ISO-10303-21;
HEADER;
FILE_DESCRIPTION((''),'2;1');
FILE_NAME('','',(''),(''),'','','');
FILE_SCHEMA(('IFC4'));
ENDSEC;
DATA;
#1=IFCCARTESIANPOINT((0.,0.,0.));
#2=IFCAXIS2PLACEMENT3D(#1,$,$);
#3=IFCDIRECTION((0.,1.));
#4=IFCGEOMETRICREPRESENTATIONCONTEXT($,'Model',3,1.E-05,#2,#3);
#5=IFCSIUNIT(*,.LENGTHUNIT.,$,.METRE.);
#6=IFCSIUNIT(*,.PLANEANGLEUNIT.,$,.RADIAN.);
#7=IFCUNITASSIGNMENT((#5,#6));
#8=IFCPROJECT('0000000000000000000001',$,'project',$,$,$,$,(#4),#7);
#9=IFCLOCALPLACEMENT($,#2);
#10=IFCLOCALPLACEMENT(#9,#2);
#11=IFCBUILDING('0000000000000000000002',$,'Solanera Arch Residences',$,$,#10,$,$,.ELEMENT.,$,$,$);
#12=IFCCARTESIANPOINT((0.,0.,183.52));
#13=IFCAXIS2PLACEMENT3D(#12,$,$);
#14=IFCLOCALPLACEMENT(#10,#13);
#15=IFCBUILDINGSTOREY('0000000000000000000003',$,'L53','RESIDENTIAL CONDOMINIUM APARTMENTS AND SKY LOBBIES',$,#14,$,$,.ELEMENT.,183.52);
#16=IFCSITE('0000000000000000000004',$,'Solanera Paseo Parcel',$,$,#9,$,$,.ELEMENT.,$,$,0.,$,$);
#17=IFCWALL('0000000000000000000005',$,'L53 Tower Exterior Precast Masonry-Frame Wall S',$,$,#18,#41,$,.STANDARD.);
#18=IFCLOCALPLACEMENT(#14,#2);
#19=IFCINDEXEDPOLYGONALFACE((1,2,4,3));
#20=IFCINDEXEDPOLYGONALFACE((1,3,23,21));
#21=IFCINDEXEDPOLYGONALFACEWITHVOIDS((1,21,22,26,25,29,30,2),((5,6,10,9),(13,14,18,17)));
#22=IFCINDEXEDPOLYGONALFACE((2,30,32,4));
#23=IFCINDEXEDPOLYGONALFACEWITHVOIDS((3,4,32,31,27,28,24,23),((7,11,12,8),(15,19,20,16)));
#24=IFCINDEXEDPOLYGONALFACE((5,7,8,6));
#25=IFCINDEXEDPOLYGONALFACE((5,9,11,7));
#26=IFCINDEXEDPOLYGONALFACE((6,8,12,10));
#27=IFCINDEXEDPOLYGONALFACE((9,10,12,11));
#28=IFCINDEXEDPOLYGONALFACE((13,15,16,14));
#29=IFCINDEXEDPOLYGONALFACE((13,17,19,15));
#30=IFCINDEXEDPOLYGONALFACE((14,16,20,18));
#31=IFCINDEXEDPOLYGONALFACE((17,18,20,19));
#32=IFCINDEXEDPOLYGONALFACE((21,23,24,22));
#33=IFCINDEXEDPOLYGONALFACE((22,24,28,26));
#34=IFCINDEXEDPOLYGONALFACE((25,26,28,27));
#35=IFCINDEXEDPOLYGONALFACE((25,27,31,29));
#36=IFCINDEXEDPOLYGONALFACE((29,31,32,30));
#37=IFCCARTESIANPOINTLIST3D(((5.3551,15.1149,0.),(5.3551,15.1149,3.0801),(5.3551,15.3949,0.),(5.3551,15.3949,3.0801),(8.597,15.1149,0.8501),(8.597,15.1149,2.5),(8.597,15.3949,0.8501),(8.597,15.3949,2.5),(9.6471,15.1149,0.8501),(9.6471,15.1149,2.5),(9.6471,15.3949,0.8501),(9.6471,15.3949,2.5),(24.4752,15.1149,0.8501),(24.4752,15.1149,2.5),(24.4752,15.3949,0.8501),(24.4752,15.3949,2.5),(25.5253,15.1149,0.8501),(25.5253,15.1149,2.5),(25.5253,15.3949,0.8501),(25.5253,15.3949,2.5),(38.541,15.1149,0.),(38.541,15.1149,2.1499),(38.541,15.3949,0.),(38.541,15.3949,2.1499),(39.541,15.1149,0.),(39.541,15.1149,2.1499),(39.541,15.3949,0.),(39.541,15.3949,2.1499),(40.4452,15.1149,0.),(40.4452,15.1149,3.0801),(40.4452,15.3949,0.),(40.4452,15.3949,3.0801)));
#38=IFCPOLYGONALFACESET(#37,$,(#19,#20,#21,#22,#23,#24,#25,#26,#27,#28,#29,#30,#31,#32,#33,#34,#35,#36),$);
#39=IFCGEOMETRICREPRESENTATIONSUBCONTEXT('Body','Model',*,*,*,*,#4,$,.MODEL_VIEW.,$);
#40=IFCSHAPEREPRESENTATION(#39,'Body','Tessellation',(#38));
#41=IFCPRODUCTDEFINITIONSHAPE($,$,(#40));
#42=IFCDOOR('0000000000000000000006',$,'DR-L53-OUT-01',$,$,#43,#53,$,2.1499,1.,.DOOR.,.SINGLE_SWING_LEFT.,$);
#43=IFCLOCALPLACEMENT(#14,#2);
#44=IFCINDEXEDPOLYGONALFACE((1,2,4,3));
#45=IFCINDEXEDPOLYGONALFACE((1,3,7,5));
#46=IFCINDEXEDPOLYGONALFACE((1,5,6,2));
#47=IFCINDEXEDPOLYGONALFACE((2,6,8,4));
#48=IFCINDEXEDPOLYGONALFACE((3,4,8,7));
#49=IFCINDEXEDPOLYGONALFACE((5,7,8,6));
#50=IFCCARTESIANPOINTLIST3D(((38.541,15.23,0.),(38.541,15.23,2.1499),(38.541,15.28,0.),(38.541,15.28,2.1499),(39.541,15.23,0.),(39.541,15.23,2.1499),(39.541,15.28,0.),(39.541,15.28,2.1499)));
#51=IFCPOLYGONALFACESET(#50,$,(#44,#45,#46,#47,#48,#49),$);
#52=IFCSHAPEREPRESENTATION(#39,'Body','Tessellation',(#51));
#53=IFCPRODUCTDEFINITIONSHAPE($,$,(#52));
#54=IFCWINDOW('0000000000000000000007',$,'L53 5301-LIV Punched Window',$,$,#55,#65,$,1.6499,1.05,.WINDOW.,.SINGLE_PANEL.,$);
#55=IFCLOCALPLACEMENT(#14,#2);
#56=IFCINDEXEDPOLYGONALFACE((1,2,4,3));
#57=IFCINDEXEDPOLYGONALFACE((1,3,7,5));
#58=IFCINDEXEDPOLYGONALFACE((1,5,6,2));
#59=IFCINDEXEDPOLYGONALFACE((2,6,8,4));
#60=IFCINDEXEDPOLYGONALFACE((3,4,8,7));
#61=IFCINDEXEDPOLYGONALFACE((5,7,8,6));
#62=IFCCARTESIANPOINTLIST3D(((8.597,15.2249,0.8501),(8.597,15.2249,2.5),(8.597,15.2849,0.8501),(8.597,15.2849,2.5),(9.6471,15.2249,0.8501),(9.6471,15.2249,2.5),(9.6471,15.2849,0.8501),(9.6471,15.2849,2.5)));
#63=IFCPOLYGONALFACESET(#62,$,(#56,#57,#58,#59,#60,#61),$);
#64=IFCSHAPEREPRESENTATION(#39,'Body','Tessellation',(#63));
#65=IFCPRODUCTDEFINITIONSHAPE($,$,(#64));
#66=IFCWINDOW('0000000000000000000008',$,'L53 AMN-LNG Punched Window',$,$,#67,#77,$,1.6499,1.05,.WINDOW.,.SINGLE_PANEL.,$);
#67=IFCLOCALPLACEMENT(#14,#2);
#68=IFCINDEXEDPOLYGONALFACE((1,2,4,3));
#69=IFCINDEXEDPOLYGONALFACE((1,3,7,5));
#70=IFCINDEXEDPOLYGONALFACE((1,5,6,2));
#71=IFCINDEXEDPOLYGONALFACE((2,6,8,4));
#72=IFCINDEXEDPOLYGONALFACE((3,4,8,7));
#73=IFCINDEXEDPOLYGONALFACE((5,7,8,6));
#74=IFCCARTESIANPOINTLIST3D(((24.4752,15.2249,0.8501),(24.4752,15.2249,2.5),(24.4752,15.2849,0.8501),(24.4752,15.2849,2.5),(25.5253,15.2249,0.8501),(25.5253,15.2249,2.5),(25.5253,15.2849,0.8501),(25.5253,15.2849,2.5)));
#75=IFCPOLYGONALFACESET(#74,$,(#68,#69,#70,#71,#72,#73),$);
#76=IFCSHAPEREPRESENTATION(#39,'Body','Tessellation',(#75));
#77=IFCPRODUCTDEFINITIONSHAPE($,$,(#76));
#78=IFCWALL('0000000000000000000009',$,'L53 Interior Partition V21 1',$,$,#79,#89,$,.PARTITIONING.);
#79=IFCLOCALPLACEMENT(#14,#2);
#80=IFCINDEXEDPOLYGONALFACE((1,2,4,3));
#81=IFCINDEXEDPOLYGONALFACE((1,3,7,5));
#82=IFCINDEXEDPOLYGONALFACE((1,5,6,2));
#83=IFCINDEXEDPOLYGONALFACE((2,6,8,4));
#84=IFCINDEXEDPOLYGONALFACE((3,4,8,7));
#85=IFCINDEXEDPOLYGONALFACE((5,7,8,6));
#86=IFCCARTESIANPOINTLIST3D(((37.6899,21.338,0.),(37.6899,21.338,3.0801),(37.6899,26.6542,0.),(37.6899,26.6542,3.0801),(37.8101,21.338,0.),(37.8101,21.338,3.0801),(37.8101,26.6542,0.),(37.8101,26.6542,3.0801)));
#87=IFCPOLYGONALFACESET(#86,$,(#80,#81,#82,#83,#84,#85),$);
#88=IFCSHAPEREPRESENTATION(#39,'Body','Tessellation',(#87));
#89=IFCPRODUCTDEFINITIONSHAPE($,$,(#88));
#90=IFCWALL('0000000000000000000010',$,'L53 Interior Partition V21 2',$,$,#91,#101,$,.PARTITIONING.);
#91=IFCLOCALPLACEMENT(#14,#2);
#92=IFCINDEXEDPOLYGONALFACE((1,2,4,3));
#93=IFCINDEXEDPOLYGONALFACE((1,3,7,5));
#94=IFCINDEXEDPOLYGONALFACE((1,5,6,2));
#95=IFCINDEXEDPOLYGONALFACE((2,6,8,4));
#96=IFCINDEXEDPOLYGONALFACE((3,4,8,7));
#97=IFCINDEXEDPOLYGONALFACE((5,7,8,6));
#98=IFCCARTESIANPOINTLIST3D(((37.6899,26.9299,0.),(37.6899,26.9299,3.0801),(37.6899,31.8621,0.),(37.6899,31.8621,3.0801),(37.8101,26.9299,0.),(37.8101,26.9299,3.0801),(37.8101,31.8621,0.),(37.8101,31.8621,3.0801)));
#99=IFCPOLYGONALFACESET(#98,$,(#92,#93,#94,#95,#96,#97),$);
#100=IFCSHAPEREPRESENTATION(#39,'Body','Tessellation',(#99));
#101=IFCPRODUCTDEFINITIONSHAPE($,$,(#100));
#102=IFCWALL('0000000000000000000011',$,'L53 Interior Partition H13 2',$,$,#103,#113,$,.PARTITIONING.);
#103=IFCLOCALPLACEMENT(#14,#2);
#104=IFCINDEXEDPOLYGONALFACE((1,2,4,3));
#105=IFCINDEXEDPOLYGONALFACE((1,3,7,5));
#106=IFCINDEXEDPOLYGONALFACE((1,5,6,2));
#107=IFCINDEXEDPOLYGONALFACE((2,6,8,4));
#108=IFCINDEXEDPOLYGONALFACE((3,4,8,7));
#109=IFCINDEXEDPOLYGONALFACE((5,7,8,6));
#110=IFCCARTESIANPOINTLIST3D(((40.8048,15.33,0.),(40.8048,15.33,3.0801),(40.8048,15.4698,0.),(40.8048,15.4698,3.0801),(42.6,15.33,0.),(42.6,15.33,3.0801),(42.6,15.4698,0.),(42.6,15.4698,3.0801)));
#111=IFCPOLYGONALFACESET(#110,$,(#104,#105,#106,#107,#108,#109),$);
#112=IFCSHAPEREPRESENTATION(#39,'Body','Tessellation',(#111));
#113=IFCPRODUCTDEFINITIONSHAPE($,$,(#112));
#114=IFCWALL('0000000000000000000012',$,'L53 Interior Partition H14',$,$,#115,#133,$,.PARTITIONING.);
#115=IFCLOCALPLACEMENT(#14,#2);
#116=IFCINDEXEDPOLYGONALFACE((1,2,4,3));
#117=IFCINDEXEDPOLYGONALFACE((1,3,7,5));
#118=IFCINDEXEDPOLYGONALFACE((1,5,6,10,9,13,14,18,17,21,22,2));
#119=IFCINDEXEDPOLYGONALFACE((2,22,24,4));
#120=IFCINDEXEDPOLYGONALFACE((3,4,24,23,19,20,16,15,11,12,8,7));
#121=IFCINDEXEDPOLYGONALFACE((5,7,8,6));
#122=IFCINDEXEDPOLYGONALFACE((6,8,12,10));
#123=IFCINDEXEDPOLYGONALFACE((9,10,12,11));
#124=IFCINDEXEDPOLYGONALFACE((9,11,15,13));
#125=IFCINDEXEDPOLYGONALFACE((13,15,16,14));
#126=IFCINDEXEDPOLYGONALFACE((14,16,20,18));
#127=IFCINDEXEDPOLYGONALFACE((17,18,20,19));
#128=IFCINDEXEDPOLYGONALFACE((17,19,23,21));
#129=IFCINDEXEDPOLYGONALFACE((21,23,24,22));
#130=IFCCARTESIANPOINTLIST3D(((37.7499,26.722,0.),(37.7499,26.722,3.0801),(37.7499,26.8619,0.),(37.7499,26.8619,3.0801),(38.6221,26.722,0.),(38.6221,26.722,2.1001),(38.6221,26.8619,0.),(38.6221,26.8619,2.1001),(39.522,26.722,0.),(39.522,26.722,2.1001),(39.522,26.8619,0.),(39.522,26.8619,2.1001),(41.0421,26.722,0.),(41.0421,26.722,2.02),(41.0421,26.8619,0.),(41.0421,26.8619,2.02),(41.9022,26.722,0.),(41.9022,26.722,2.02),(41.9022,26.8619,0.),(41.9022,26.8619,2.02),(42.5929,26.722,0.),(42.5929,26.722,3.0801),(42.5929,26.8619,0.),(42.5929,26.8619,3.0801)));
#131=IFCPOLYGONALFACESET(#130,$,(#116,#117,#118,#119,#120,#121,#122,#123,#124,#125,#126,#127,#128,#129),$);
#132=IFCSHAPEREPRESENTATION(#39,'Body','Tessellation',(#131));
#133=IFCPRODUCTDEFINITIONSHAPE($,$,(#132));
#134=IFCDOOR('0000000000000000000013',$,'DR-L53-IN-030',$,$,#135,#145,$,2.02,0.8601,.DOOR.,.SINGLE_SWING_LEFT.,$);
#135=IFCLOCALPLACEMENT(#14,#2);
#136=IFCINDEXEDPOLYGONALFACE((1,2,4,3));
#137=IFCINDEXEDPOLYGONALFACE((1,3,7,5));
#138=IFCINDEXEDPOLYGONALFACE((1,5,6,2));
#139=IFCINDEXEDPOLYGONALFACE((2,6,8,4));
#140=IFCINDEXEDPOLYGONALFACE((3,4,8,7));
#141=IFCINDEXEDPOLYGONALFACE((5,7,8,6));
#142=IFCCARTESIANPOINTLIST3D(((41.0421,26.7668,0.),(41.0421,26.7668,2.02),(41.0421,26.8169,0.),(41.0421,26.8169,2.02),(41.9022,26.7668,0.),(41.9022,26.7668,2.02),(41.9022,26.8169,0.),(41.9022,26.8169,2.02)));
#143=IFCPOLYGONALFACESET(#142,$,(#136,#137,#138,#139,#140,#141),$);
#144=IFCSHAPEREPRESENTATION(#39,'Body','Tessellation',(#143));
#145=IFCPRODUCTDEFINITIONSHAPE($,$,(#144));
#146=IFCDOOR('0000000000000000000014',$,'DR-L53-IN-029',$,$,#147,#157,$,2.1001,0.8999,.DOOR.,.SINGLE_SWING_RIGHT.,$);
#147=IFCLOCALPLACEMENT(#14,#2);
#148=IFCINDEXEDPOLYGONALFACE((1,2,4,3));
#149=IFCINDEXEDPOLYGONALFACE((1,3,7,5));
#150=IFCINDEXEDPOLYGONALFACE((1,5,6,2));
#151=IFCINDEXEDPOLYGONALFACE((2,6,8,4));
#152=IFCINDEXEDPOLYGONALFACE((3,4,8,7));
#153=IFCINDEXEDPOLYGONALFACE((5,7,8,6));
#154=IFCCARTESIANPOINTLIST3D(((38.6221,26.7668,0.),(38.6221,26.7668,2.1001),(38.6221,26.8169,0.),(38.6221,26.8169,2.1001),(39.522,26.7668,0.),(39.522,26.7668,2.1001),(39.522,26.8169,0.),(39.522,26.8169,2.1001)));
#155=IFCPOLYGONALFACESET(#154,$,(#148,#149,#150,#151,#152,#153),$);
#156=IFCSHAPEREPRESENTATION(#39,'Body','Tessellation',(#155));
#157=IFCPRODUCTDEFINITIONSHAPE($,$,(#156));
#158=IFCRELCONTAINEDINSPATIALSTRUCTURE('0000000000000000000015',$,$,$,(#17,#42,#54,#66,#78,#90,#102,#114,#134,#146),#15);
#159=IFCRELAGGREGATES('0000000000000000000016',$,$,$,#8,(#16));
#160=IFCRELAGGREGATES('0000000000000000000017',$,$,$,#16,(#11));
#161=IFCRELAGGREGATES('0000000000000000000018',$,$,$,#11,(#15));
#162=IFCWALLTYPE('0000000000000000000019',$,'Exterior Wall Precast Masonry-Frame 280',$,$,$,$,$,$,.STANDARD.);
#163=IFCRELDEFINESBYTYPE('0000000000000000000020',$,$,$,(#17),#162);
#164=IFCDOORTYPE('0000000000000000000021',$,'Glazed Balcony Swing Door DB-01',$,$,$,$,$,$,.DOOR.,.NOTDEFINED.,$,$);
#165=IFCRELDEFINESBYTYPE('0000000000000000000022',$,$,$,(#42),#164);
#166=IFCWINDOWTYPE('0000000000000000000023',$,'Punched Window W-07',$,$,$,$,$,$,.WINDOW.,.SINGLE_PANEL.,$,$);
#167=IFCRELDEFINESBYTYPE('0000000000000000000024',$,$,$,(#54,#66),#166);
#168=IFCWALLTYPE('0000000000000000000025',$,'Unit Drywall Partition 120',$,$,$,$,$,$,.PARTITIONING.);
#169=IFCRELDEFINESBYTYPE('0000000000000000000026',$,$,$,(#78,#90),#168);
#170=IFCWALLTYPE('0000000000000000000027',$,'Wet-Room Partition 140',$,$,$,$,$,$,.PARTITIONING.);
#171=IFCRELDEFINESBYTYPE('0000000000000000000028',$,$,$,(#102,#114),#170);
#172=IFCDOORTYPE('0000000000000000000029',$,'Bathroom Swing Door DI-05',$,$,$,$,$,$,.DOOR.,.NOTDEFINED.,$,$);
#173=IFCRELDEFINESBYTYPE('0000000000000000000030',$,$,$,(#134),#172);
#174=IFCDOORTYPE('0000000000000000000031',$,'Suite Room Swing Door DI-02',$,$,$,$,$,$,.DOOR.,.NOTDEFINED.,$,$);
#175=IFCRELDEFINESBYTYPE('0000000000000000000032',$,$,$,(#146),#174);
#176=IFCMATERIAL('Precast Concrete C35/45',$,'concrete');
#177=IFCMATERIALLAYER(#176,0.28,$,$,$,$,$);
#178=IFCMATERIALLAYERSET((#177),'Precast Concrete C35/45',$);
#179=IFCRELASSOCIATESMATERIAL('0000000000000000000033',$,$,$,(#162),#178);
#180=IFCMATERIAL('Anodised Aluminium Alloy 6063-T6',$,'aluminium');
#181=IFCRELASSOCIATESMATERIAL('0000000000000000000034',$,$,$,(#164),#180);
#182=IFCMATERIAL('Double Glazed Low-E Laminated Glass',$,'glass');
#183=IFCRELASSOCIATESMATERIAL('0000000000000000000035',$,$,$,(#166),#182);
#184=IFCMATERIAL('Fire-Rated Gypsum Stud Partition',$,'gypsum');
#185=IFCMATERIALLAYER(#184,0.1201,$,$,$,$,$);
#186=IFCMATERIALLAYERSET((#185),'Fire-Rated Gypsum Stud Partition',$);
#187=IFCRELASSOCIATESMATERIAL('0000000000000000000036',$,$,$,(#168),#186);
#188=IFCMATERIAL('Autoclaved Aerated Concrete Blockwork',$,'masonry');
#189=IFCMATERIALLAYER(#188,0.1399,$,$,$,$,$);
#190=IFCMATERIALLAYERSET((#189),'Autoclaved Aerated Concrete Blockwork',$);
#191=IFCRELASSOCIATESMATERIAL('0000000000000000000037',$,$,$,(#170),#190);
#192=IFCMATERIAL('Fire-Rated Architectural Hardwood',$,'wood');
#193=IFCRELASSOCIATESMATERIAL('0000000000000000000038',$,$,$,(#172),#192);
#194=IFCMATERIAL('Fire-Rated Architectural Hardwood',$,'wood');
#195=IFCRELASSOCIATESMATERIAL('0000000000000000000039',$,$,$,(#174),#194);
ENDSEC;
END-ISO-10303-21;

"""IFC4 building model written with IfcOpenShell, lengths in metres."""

from ifc_helpers import new_model, si_unit, direction, frame, frame_2d, origin, place, context, subcontext, project, spatial, rectangle, extrude, material, layer, layer_set, type_object, element, fill, save


model = new_model("IFC4")

# Units and contexts
model_context = context("Model", 3, precision=1e-05, world=origin(), true_north=direction((0.0, 1.0)))
body_context = subcontext(model_context, "Body", "Model", "MODEL_VIEW")
ifc_project = project(units=[si_unit("LENGTHUNIT", "METRE"), si_unit("PLANEANGLEUNIT", "RADIAN")], contexts=[model_context])

# Site, building, storey
site_placement = place(None, origin())
site = spatial("IfcSite", under=ifc_project, at=site_placement, Name="Solanera Paseo Parcel", CompositionType="ELEMENT", RefElevation=0.0)
building_placement = place(site_placement, origin())
building = spatial("IfcBuilding", under=site, at=building_placement, Name="Solanera Arch Residences", CompositionType="ELEMENT")
storey_placement = place(building_placement, frame((0.0, 0.0, 183.52)))
storey = spatial("IfcBuildingStorey", under=building, at=storey_placement, Name="L53", Description="RESIDENTIAL CONDOMINIUM APARTMENTS AND SKY LOBBIES", CompositionType="ELEMENT", Elevation=183.52)

# Shared definitions
ifc_material_1 = material(Name="Precast Concrete C35/45", Category="concrete")
ifc_layer_1 = layer(ifc_material_1, 0.28)
ifc_layer_set_1 = layer_set([ifc_layer_1], Name="Precast Concrete C35/45")
wall_type_1 = type_object("IfcWallType", Name="Exterior Wall Precast Masonry-Frame 280", PredefinedType="STANDARD", material=ifc_layer_set_1)

# Wall, openings, door, windows
wall_1_placement = place(storey_placement, frame((40.4451, 15.2549, 0.0), z_axis=(0.0, 0.0, 1.0), x_axis=(-1.0, 0.0, 0.0)))
wall_1 = element("IfcWall", 1, at=wall_1_placement, inside=storey, type_object=wall_type_1, Name="L53 Tower Exterior Precast Masonry-Frame Wall S", PredefinedType="STANDARD", context=body_context, shape_type="SweptSolid", body=[
    extrude(rectangle(XDim=35.0901, YDim=0.28, at=frame_2d((17.5449, 0.0))), origin(), (0.0, 0.0, 1.0), 3.0801),
])
opening_1_placement = place(wall_1_placement, frame((0.9041, 0.0, 0.0)))
opening_1 = element("IfcOpeningElement", 2, at=opening_1_placement, cuts=wall_1, PredefinedType="OPENING", context=body_context, shape_type="SweptSolid", body=[
    extrude(rectangle(XDim=1.0, YDim=2.1499, at=frame_2d((0.5, 1.075))), frame((0.0, 0.1499, 0.0), z_axis=(0.0, -1.0, 0.0), x_axis=(1.0, 0.0, 0.0)), (0.0, 0.0, 1.0), 0.3),
])
opening_2_placement = place(wall_1_placement, frame((30.7981, 0.0, 0.8501)))
opening_2 = element("IfcOpeningElement", 3, at=opening_2_placement, cuts=wall_1, PredefinedType="OPENING", context=body_context, shape_type="SweptSolid", body=[
    extrude(rectangle(XDim=1.05, YDim=1.6499, at=frame_2d((0.5249, 0.825))), frame((0.0, 0.1499, 0.0), z_axis=(0.0, -1.0, 0.0), x_axis=(1.0, 0.0, 0.0)), (0.0, 0.0, 1.0), 0.3),
])
opening_3_placement = place(wall_1_placement, frame((14.9199, 0.0, 0.8501)))
opening_3 = element("IfcOpeningElement", 4, at=opening_3_placement, cuts=wall_1, PredefinedType="OPENING", context=body_context, shape_type="SweptSolid", body=[
    extrude(rectangle(XDim=1.05, YDim=1.6499, at=frame_2d((0.5249, 0.825))), frame((0.0, 0.1499, 0.0), z_axis=(0.0, -1.0, 0.0), x_axis=(1.0, 0.0, 0.0)), (0.0, 0.0, 1.0), 0.3),
])
ifc_material_2 = material(Name="Anodised Aluminium Alloy 6063-T6", Category="aluminium")
door_type_1 = type_object("IfcDoorType", Name="Glazed Balcony Swing Door DB-01", OperationType="NOTDEFINED", PredefinedType="DOOR", material=ifc_material_2)
door_1_placement = place(opening_1_placement, origin())
door_1 = element("IfcDoor", 5, at=door_1_placement, inside=storey, type_object=door_type_1, Name="DR-L53-OUT-01", OperationType="SINGLE_SWING_LEFT", OverallHeight=2.1499, OverallWidth=1.0, PredefinedType="DOOR", context=body_context, shape_type="SweptSolid", body=[
    extrude(rectangle(XDim=1.0, YDim=2.1499, at=frame_2d((0.5, 1.075))), frame((0.0, 0.0249, 0.0), z_axis=(0.0, -1.0, 0.0), x_axis=(1.0, 0.0, 0.0)), (0.0, 0.0, 1.0), 0.05),
])
fill(opening_1, door_1)
ifc_material_3 = material(Name="Double Glazed Low-E Laminated Glass", Category="glass")
window_type = type_object("IfcWindowType", Name="Punched Window W-07", PartitioningType="SINGLE_PANEL", PredefinedType="WINDOW", material=ifc_material_3)
window_1_placement = place(opening_2_placement, origin())
window_1 = element("IfcWindow", 6, at=window_1_placement, inside=storey, type_object=window_type, Name="L53 5301-LIV Punched Window", OverallHeight=1.6499, OverallWidth=1.05, PartitioningType="SINGLE_PANEL", PredefinedType="WINDOW", context=body_context, shape_type="SweptSolid", body=[
    extrude(rectangle(XDim=1.05, YDim=1.6499, at=frame_2d((0.5249, 0.825))), frame((0.0, 0.03, 0.0), z_axis=(0.0, -1.0, 0.0), x_axis=(1.0, 0.0, 0.0)), (0.0, 0.0, 1.0), 0.0601),
])
fill(opening_2, window_1)
window_2_placement = place(opening_3_placement, origin())
window_2 = element("IfcWindow", 7, at=window_2_placement, inside=storey, type_object=window_type, Name="L53 AMN-LNG Punched Window", OverallHeight=1.6499, OverallWidth=1.05, PartitioningType="SINGLE_PANEL", PredefinedType="WINDOW", context=body_context, shape_type="SweptSolid", body=[
    extrude(rectangle(XDim=1.05, YDim=1.6499, at=frame_2d((0.5249, 0.825))), frame((0.0, 0.03, 0.0), z_axis=(0.0, -1.0, 0.0), x_axis=(1.0, 0.0, 0.0)), (0.0, 0.0, 1.0), 0.0601),
])
fill(opening_3, window_2)

# Walls
ifc_material_4 = material(Name="Fire-Rated Gypsum Stud Partition", Category="gypsum")
ifc_layer_2 = layer(ifc_material_4, 0.1201)
ifc_layer_set_2 = layer_set([ifc_layer_2], Name="Fire-Rated Gypsum Stud Partition")
wall_type_2 = type_object("IfcWallType", Name="Unit Drywall Partition 120", PredefinedType="PARTITIONING", material=ifc_layer_set_2)
wall_2_placement = place(storey_placement, frame((37.75, 21.3379, 0.0), z_axis=(0.0, 0.0, 1.0), x_axis=(0.0, 1.0, 0.0)))
element("IfcWall", 8, at=wall_2_placement, inside=storey, type_object=wall_type_2, Name="L53 Interior Partition V21 1", PredefinedType="PARTITIONING", context=body_context, shape_type="SweptSolid", body=[
    extrude(rectangle(XDim=5.3162, YDim=0.1201, at=frame_2d((2.6582, 0.0))), origin(), (0.0, 0.0, 1.0), 3.0801),
])
wall_3_placement = place(storey_placement, frame((37.75, 26.9299, 0.0), z_axis=(0.0, 0.0, 1.0), x_axis=(0.0, 1.0, 0.0)))
element("IfcWall", 9, at=wall_3_placement, inside=storey, type_object=wall_type_2, Name="L53 Interior Partition V21 2", PredefinedType="PARTITIONING", context=body_context, shape_type="SweptSolid", body=[
    extrude(rectangle(XDim=4.9321, YDim=0.1201, at=frame_2d((2.4661, 0.0))), origin(), (0.0, 0.0, 1.0), 3.0801),
])
ifc_material_5 = material(Name="Autoclaved Aerated Concrete Blockwork", Category="masonry")
ifc_layer_3 = layer(ifc_material_5, 0.1399)
ifc_layer_set_3 = layer_set([ifc_layer_3], Name="Autoclaved Aerated Concrete Blockwork")
wall_type_3 = type_object("IfcWallType", Name="Wet-Room Partition 140", PredefinedType="PARTITIONING", material=ifc_layer_set_3)
wall_4_placement = place(storey_placement, frame((40.8049, 15.3999, 0.0), z_axis=(0.0, 0.0, 1.0), x_axis=(1.0, 0.0, 0.0)))
element("IfcWall", 10, at=wall_4_placement, inside=storey, type_object=wall_type_3, Name="L53 Interior Partition H13 2", PredefinedType="PARTITIONING", context=body_context, shape_type="SweptSolid", body=[
    extrude(rectangle(XDim=1.7952, YDim=0.1399, at=frame_2d((0.8975, 0.0))), origin(), (0.0, 0.0, 1.0), 3.0801),
])

# Wall, openings, doors
wall_5_placement = place(storey_placement, frame((37.75, 26.792, 0.0), z_axis=(0.0, 0.0, 1.0), x_axis=(1.0, 0.0, 0.0)))
wall_5 = element("IfcWall", 11, at=wall_5_placement, inside=storey, type_object=wall_type_3, Name="L53 Interior Partition H14", PredefinedType="PARTITIONING", context=body_context, shape_type="SweptSolid", body=[
    extrude(rectangle(XDim=4.843, YDim=0.1399, at=frame_2d((2.4214, 0.0))), origin(), (0.0, 0.0, 1.0), 3.0801),
])
opening_4_placement = place(wall_5_placement, frame((0.8721, 0.0, 0.0)))
opening_4 = element("IfcOpeningElement", 12, at=opening_4_placement, cuts=wall_5, PredefinedType="OPENING", context=body_context, shape_type="SweptSolid", body=[
    extrude(rectangle(XDim=0.8999, YDim=2.1001, at=frame_2d((0.45, 1.05))), frame((0.0, 0.0798, 0.0), z_axis=(0.0, -1.0, 0.0), x_axis=(1.0, 0.0, 0.0)), (0.0, 0.0, 1.0), 0.1599),
])
opening_5_placement = place(wall_5_placement, frame((3.292, 0.0, 0.0)))
opening_5 = element("IfcOpeningElement", 13, at=opening_5_placement, cuts=wall_5, PredefinedType="OPENING", context=body_context, shape_type="SweptSolid", body=[
    extrude(rectangle(XDim=0.8601, YDim=2.02, at=frame_2d((0.4302, 1.01))), frame((0.0, 0.0798, 0.0), z_axis=(0.0, -1.0, 0.0), x_axis=(1.0, 0.0, 0.0)), (0.0, 0.0, 1.0), 0.1599),
])
ifc_material_6 = material(Name="Fire-Rated Architectural Hardwood", Category="wood")
door_type_2 = type_object("IfcDoorType", Name="Bathroom Swing Door DI-05", OperationType="NOTDEFINED", PredefinedType="DOOR", material=ifc_material_6)
door_2_placement = place(opening_5_placement, origin())
door_2 = element("IfcDoor", 14, at=door_2_placement, inside=storey, type_object=door_type_2, Name="DR-L53-IN-030", OperationType="SINGLE_SWING_LEFT", OverallHeight=2.02, OverallWidth=0.8601, PredefinedType="DOOR", context=body_context, shape_type="SweptSolid", body=[
    extrude(rectangle(XDim=0.8601, YDim=2.02, at=frame_2d((0.4302, 1.01))), frame((0.0, 0.0249, 0.0), z_axis=(0.0, -1.0, 0.0), x_axis=(1.0, 0.0, 0.0)), (0.0, 0.0, 1.0), 0.05),
])
fill(opening_5, door_2)
ifc_material_7 = material(Name="Fire-Rated Architectural Hardwood", Category="wood")
door_type_3 = type_object("IfcDoorType", Name="Suite Room Swing Door DI-02", OperationType="NOTDEFINED", PredefinedType="DOOR", material=ifc_material_7)
door_3_placement = place(opening_4_placement, origin())
door_3 = element("IfcDoor", 15, at=door_3_placement, inside=storey, type_object=door_type_3, Name="DR-L53-IN-029", OperationType="SINGLE_SWING_RIGHT", OverallHeight=2.1001, OverallWidth=0.8999, PredefinedType="DOOR", context=body_context, shape_type="SweptSolid", body=[
    extrude(rectangle(XDim=0.8999, YDim=2.1001, at=frame_2d((0.45, 1.05))), frame((0.0, 0.0249, 0.0), z_axis=(0.0, -1.0, 0.0), x_axis=(1.0, 0.0, 0.0)), (0.0, 0.0, 1.0), 0.05),
])
fill(opening_4, door_3)

save(model, "model.ifc")
